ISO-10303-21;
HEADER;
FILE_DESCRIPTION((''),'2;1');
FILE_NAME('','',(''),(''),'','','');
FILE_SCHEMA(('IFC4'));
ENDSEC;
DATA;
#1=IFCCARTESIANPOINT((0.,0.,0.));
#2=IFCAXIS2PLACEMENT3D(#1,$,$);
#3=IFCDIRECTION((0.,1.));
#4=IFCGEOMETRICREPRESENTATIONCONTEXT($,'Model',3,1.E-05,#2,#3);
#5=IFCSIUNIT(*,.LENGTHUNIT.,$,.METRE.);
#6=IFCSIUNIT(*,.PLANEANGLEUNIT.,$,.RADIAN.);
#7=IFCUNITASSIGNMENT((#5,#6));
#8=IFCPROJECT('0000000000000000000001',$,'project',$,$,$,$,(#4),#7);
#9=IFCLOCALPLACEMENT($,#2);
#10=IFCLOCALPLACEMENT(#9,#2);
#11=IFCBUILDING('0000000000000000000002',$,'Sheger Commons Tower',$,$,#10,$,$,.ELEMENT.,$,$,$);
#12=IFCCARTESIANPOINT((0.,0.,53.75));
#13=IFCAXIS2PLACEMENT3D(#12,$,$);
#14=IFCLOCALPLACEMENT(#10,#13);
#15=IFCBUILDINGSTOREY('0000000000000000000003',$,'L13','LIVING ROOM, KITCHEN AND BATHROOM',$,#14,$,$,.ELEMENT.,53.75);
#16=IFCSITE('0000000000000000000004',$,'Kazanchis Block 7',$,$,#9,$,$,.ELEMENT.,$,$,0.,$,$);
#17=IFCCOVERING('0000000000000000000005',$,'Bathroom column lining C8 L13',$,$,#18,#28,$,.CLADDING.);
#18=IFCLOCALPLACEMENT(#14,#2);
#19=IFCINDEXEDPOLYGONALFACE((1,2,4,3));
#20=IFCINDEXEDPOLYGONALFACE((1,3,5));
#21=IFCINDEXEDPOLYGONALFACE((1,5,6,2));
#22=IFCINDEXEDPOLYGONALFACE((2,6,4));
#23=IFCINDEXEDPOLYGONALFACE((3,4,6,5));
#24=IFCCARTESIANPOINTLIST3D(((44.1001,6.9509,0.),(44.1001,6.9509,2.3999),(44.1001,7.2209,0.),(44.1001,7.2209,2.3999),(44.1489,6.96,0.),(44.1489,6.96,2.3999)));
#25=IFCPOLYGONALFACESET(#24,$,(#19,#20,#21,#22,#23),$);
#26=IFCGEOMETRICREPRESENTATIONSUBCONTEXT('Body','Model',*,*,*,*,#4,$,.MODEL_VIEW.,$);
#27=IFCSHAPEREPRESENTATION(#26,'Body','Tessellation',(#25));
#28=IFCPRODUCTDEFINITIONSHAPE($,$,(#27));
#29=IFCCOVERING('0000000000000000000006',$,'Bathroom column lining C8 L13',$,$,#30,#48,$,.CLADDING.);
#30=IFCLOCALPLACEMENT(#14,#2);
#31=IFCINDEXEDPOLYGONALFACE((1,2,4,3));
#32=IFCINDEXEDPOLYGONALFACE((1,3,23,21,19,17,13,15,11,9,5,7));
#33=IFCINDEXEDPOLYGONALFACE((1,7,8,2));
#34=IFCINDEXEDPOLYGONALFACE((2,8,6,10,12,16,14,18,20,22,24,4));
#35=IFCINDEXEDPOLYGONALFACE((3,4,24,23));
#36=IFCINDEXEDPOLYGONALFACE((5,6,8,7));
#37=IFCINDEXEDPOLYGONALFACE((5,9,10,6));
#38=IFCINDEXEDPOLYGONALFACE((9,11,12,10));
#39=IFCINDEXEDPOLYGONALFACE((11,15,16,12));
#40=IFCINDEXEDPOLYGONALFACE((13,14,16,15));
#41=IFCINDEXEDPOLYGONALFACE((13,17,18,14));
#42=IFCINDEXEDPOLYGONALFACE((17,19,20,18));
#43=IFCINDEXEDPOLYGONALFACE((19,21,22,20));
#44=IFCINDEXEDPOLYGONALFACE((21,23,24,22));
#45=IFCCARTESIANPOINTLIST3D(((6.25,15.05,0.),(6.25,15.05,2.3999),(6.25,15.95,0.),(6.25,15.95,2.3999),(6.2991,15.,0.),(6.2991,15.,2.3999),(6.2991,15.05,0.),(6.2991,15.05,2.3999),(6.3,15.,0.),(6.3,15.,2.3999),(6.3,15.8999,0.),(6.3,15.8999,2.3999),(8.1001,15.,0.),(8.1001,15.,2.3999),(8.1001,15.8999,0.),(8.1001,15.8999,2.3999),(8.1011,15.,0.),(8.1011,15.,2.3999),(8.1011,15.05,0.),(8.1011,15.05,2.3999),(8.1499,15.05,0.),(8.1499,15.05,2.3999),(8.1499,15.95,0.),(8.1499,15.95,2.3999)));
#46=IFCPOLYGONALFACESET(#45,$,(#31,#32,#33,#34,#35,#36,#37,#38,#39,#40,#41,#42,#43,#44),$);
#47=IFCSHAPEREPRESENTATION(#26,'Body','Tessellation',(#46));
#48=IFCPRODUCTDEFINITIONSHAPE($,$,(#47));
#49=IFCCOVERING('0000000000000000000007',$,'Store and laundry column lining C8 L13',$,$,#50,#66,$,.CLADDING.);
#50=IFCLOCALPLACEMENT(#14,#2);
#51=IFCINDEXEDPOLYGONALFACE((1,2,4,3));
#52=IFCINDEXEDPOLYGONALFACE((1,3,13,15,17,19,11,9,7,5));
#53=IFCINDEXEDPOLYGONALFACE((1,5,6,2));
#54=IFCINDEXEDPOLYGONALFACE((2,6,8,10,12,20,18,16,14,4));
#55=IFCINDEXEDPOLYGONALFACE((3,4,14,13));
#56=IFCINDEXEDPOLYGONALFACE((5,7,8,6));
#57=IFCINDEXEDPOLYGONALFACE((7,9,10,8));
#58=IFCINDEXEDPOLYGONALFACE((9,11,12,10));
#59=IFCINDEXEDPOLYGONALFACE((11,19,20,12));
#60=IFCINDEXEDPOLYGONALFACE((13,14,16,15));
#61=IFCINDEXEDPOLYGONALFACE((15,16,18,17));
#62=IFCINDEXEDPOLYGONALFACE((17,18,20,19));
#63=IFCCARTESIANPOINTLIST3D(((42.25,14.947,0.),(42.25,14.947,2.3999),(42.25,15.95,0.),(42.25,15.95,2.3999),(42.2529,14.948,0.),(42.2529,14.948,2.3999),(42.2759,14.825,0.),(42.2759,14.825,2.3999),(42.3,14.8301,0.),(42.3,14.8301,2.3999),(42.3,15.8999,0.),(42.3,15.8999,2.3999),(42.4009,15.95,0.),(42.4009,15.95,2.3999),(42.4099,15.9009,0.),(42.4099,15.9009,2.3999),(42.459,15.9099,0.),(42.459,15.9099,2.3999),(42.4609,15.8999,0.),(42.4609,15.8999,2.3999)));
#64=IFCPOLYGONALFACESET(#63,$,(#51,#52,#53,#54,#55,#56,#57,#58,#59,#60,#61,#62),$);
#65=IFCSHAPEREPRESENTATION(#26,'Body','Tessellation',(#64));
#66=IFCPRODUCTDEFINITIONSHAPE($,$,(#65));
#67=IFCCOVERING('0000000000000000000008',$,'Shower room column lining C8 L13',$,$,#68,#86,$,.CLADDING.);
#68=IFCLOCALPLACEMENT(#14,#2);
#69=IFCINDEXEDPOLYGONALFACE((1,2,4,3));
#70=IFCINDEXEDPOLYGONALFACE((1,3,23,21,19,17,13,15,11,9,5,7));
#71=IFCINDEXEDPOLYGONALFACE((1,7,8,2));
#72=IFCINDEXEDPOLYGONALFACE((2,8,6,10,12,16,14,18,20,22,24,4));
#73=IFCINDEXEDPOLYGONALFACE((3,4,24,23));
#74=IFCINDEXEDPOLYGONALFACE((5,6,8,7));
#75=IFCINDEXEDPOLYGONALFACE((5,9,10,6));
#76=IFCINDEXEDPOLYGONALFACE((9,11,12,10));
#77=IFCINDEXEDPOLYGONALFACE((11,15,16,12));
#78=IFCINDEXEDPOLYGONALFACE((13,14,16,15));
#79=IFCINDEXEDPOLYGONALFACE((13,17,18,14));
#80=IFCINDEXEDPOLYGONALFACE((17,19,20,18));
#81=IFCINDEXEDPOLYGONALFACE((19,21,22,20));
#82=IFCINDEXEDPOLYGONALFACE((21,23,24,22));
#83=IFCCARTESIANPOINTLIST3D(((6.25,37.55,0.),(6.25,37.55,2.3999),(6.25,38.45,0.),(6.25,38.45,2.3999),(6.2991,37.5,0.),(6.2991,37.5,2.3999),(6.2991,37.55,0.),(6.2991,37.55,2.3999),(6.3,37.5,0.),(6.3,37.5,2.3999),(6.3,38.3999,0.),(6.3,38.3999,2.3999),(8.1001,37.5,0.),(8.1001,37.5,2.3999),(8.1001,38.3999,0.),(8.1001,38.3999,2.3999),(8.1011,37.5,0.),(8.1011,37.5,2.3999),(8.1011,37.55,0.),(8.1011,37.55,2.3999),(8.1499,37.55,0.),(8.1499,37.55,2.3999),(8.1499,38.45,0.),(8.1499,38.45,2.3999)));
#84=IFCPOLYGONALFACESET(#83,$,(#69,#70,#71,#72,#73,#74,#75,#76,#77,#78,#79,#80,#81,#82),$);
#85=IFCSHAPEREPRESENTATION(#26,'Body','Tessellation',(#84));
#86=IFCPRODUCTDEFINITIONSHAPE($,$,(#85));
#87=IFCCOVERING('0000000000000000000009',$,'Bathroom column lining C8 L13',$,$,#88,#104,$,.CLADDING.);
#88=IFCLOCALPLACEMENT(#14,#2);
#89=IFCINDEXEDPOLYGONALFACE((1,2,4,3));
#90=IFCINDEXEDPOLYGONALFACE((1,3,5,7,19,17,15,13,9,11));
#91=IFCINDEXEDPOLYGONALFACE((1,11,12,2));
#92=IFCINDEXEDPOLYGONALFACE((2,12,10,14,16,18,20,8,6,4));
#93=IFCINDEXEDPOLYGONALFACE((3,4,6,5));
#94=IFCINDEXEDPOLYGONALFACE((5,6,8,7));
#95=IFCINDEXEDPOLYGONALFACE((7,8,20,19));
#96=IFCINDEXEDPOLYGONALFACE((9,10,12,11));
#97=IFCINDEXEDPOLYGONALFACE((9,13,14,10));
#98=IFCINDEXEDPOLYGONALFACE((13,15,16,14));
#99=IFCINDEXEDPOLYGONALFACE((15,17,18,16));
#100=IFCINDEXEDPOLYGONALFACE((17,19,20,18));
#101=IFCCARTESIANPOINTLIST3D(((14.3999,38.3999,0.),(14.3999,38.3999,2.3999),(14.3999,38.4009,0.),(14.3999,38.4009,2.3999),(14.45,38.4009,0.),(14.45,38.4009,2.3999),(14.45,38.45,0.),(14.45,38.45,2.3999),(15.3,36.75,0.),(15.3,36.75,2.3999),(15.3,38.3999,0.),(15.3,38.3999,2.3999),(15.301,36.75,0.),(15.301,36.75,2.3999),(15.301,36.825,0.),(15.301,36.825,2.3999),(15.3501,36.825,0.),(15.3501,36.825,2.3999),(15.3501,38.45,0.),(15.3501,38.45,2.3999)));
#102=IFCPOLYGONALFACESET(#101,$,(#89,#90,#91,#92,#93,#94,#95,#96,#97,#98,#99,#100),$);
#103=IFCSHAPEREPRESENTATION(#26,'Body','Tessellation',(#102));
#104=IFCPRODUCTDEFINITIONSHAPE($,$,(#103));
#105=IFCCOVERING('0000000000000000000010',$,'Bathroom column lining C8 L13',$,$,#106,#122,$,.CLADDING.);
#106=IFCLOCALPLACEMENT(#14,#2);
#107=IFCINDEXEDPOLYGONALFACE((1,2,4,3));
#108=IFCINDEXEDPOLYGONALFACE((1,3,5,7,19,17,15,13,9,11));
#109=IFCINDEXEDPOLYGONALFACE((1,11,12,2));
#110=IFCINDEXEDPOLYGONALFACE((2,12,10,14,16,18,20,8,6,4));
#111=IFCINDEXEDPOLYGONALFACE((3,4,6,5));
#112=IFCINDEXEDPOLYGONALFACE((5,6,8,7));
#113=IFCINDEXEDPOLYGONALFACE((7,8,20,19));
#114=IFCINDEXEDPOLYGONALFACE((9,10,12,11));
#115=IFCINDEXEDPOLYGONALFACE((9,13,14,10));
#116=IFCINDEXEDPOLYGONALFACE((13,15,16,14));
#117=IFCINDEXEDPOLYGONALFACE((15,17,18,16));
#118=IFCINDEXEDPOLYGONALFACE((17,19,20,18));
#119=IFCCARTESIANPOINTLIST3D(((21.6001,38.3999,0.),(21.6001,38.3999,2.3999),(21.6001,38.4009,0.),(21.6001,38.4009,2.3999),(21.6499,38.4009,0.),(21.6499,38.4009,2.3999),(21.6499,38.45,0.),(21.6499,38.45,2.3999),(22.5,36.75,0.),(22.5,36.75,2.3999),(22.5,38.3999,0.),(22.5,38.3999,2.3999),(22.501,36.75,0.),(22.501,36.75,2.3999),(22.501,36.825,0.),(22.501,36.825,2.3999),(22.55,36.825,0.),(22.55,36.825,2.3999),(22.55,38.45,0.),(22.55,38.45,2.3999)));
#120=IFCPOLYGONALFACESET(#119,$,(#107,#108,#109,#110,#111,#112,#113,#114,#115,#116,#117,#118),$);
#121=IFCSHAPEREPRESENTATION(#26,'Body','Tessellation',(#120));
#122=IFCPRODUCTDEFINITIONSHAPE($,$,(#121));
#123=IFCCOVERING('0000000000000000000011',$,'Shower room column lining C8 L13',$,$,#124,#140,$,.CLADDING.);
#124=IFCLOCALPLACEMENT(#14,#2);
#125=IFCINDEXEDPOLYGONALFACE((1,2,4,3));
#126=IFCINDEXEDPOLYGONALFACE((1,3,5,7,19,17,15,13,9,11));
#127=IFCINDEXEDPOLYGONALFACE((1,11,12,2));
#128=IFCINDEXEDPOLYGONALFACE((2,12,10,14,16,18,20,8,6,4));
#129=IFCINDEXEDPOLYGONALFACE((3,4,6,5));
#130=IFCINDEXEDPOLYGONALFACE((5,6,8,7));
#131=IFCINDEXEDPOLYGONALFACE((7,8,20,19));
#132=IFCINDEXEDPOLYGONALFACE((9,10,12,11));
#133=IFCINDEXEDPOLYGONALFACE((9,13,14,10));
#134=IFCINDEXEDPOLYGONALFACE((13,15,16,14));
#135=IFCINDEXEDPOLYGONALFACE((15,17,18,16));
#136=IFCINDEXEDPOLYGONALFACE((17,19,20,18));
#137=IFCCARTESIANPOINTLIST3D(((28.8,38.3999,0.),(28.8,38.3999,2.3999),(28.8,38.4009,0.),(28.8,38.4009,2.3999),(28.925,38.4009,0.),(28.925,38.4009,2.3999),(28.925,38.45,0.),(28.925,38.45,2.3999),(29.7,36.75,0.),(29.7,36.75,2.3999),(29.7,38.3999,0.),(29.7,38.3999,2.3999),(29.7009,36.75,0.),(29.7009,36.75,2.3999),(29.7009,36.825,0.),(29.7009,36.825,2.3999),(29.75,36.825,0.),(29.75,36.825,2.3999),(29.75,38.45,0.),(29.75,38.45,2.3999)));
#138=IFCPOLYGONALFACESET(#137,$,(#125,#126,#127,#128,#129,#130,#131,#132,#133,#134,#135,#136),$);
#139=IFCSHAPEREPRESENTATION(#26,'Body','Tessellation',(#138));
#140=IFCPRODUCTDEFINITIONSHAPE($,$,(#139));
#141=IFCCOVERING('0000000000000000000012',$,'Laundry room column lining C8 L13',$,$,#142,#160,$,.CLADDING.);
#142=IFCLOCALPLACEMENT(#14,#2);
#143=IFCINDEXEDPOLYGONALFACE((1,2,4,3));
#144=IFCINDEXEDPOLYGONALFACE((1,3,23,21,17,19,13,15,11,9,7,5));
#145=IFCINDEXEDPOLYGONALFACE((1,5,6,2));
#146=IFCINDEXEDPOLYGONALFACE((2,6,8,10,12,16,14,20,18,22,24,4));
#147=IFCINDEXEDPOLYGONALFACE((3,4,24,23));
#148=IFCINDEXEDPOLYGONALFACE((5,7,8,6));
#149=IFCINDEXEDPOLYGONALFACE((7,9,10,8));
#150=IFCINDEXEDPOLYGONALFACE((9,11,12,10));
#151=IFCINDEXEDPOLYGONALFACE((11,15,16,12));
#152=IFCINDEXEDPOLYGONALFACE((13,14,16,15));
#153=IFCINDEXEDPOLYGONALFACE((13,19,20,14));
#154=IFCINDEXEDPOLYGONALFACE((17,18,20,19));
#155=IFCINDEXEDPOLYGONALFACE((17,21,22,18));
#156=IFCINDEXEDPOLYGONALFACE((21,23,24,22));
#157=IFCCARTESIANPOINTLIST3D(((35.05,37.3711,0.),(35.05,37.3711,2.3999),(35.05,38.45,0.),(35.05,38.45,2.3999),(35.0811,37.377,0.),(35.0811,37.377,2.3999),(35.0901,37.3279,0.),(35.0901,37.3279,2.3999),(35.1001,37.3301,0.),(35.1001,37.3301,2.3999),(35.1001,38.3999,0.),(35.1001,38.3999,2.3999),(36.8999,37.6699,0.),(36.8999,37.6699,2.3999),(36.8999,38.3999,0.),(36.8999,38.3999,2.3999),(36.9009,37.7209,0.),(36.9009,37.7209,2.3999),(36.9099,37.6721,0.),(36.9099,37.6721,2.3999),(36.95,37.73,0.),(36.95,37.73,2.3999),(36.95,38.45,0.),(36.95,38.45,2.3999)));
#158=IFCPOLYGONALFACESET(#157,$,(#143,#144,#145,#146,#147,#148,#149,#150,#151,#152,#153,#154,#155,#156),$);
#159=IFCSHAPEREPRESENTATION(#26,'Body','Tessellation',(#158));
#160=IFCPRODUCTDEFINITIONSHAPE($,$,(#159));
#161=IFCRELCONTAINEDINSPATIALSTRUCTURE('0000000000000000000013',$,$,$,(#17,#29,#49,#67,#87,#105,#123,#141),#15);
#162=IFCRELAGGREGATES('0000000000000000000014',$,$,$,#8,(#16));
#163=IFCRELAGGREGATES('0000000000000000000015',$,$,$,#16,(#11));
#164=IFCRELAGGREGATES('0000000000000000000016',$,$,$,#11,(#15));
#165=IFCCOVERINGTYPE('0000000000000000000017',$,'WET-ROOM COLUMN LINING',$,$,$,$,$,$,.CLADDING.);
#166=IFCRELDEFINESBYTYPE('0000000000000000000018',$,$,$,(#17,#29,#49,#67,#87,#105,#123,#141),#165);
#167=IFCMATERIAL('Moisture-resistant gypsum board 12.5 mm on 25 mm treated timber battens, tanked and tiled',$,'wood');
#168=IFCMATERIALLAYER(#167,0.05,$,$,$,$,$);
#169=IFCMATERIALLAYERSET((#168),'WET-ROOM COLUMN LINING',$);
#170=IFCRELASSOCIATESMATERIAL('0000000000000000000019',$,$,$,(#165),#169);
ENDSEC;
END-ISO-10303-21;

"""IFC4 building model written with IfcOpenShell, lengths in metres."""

from ifc_helpers import new_model, si_unit, direction, frame, origin, place, context, subcontext, project, spatial, polyline, outline, extrude, material, layer, layer_set, type_object, element, save


model = new_model("IFC4")

# Units and contexts
model_context = context("Model", 3, precision=1e-05, world=origin(), true_north=direction((0.0, 1.0)))
body_context = subcontext(model_context, "Body", "Model", "MODEL_VIEW")
ifc_project = project(units=[si_unit("LENGTHUNIT", "METRE"), si_unit("PLANEANGLEUNIT", "RADIAN")], contexts=[model_context])

# Site, building, storey
site_placement = place(None, origin())
site = spatial("IfcSite", under=ifc_project, at=site_placement, Name="Kazanchis Block 7", CompositionType="ELEMENT", RefElevation=0.0)
building_placement = place(site_placement, origin())
building = spatial("IfcBuilding", under=site, at=building_placement, Name="Sheger Commons Tower", CompositionType="ELEMENT")
storey_placement = place(building_placement, frame((0.0, 0.0, 53.75)))
storey = spatial("IfcBuildingStorey", under=building, at=storey_placement, Name="L13", Description="LIVING ROOM, KITCHEN AND BATHROOM", CompositionType="ELEMENT", Elevation=53.75)

# Coverings
ifc_material_1 = material(Name="Moisture-resistant gypsum board 12.5 mm on 25 mm treated timber battens, tanked and tiled", Category="wood")
ifc_layer_1 = layer(ifc_material_1, 0.05)
ifc_layer_set_1 = layer_set([ifc_layer_1], Name="WET-ROOM COLUMN LINING")
covering_type_1 = type_object("IfcCoveringType", Name="WET-ROOM COLUMN LINING", PredefinedType="CLADDING", material=ifc_layer_set_1)
covering_1_placement = place(storey_placement, origin())
element("IfcCovering", 1, at=covering_1_placement, inside=storey, type_object=covering_type_1, Name="Bathroom column lining C8 L13", PredefinedType="CLADDING", context=body_context, shape_type="SweptSolid", body=[
    extrude(outline(polyline([(44.1001, 7.2209), (44.1489, 6.96), (44.1001, 6.9509), (44.1001, 7.2209)])), origin(), (0.0, 0.0, 1.0), 2.3999),
])
covering_2_placement = place(storey_placement, origin())
element("IfcCovering", 2, at=covering_2_placement, inside=storey, type_object=covering_type_1, Name="Bathroom column lining C8 L13", PredefinedType="CLADDING", context=body_context, shape_type="SweptSolid", body=[
    extrude(outline(polyline([(8.1499, 15.95), (8.1499, 15.05), (8.1011, 15.05), (8.1011, 15.0), (8.1001, 15.0), (8.1001, 15.8999), (6.3, 15.8999), (6.3, 15.0), (6.2991, 15.0), (6.2991, 15.05), (6.25, 15.05), (6.25, 15.95), (8.1499, 15.95)])), origin(), (0.0, 0.0, 1.0), 2.3999),
])
covering_3_placement = place(storey_placement, origin())
element("IfcCovering", 3, at=covering_3_placement, inside=storey, type_object=covering_type_1, Name="Store and laundry column lining C8 L13", PredefinedType="CLADDING", context=body_context, shape_type="SweptSolid", body=[
    extrude(outline(polyline([(42.4009, 15.95), (42.4099, 15.9009), (42.459, 15.9099), (42.4609, 15.8999), (42.3, 15.8999), (42.3, 14.8301), (42.2759, 14.825), (42.2529, 14.948), (42.25, 14.947), (42.25, 15.95), (42.4009, 15.95)])), origin(), (0.0, 0.0, 1.0), 2.3999),
])
covering_4_placement = place(storey_placement, origin())
element("IfcCovering", 4, at=covering_4_placement, inside=storey, type_object=covering_type_1, Name="Shower room column lining C8 L13", PredefinedType="CLADDING", context=body_context, shape_type="SweptSolid", body=[
    extrude(outline(polyline([(8.1499, 38.45), (8.1499, 37.55), (8.1011, 37.55), (8.1011, 37.5), (8.1001, 37.5), (8.1001, 38.3999), (6.3, 38.3999), (6.3, 37.5), (6.2991, 37.5), (6.2991, 37.55), (6.25, 37.55), (6.25, 38.45), (8.1499, 38.45)])), origin(), (0.0, 0.0, 1.0), 2.3999),
])
covering_5_placement = place(storey_placement, origin())
element("IfcCovering", 5, at=covering_5_placement, inside=storey, type_object=covering_type_1, Name="Bathroom column lining C8 L13", PredefinedType="CLADDING", context=body_context, shape_type="SweptSolid", body=[
    extrude(outline(polyline([(15.3501, 36.825), (15.301, 36.825), (15.301, 36.75), (15.3, 36.75), (15.3, 38.3999), (14.3999, 38.3999), (14.3999, 38.4009), (14.45, 38.4009), (14.45, 38.45), (15.3501, 38.45), (15.3501, 36.825)])), origin(), (0.0, 0.0, 1.0), 2.3999),
])
covering_6_placement = place(storey_placement, origin())
element("IfcCovering", 6, at=covering_6_placement, inside=storey, type_object=covering_type_1, Name="Bathroom column lining C8 L13", PredefinedType="CLADDING", context=body_context, shape_type="SweptSolid", body=[
    extrude(outline(polyline([(22.55, 36.825), (22.501, 36.825), (22.501, 36.75), (22.5, 36.75), (22.5, 38.3999), (21.6001, 38.3999), (21.6001, 38.4009), (21.6499, 38.4009), (21.6499, 38.45), (22.55, 38.45), (22.55, 36.825)])), origin(), (0.0, 0.0, 1.0), 2.3999),
])
covering_7_placement = place(storey_placement, origin())
element("IfcCovering", 7, at=covering_7_placement, inside=storey, type_object=covering_type_1, Name="Shower room column lining C8 L13", PredefinedType="CLADDING", context=body_context, shape_type="SweptSolid", body=[
    extrude(outline(polyline([(29.75, 36.825), (29.7009, 36.825), (29.7009, 36.75), (29.7, 36.75), (29.7, 38.3999), (28.8, 38.3999), (28.8, 38.4009), (28.925, 38.4009), (28.925, 38.45), (29.75, 38.45), (29.75, 36.825)])), origin(), (0.0, 0.0, 1.0), 2.3999),
])
covering_8_placement = place(storey_placement, origin())
element("IfcCovering", 8, at=covering_8_placement, inside=storey, type_object=covering_type_1, Name="Laundry room column lining C8 L13", PredefinedType="CLADDING", context=body_context, shape_type="SweptSolid", body=[
    extrude(outline(polyline([(36.95, 38.45), (36.95, 37.73), (36.9009, 37.7209), (36.9099, 37.6721), (36.8999, 37.6699), (36.8999, 38.3999), (35.1001, 38.3999), (35.1001, 37.3301), (35.0901, 37.3279), (35.0811, 37.377), (35.05, 37.3711), (35.05, 38.45), (36.95, 38.45)])), origin(), (0.0, 0.0, 1.0), 2.3999),
])

save(model, "model.ifc")
